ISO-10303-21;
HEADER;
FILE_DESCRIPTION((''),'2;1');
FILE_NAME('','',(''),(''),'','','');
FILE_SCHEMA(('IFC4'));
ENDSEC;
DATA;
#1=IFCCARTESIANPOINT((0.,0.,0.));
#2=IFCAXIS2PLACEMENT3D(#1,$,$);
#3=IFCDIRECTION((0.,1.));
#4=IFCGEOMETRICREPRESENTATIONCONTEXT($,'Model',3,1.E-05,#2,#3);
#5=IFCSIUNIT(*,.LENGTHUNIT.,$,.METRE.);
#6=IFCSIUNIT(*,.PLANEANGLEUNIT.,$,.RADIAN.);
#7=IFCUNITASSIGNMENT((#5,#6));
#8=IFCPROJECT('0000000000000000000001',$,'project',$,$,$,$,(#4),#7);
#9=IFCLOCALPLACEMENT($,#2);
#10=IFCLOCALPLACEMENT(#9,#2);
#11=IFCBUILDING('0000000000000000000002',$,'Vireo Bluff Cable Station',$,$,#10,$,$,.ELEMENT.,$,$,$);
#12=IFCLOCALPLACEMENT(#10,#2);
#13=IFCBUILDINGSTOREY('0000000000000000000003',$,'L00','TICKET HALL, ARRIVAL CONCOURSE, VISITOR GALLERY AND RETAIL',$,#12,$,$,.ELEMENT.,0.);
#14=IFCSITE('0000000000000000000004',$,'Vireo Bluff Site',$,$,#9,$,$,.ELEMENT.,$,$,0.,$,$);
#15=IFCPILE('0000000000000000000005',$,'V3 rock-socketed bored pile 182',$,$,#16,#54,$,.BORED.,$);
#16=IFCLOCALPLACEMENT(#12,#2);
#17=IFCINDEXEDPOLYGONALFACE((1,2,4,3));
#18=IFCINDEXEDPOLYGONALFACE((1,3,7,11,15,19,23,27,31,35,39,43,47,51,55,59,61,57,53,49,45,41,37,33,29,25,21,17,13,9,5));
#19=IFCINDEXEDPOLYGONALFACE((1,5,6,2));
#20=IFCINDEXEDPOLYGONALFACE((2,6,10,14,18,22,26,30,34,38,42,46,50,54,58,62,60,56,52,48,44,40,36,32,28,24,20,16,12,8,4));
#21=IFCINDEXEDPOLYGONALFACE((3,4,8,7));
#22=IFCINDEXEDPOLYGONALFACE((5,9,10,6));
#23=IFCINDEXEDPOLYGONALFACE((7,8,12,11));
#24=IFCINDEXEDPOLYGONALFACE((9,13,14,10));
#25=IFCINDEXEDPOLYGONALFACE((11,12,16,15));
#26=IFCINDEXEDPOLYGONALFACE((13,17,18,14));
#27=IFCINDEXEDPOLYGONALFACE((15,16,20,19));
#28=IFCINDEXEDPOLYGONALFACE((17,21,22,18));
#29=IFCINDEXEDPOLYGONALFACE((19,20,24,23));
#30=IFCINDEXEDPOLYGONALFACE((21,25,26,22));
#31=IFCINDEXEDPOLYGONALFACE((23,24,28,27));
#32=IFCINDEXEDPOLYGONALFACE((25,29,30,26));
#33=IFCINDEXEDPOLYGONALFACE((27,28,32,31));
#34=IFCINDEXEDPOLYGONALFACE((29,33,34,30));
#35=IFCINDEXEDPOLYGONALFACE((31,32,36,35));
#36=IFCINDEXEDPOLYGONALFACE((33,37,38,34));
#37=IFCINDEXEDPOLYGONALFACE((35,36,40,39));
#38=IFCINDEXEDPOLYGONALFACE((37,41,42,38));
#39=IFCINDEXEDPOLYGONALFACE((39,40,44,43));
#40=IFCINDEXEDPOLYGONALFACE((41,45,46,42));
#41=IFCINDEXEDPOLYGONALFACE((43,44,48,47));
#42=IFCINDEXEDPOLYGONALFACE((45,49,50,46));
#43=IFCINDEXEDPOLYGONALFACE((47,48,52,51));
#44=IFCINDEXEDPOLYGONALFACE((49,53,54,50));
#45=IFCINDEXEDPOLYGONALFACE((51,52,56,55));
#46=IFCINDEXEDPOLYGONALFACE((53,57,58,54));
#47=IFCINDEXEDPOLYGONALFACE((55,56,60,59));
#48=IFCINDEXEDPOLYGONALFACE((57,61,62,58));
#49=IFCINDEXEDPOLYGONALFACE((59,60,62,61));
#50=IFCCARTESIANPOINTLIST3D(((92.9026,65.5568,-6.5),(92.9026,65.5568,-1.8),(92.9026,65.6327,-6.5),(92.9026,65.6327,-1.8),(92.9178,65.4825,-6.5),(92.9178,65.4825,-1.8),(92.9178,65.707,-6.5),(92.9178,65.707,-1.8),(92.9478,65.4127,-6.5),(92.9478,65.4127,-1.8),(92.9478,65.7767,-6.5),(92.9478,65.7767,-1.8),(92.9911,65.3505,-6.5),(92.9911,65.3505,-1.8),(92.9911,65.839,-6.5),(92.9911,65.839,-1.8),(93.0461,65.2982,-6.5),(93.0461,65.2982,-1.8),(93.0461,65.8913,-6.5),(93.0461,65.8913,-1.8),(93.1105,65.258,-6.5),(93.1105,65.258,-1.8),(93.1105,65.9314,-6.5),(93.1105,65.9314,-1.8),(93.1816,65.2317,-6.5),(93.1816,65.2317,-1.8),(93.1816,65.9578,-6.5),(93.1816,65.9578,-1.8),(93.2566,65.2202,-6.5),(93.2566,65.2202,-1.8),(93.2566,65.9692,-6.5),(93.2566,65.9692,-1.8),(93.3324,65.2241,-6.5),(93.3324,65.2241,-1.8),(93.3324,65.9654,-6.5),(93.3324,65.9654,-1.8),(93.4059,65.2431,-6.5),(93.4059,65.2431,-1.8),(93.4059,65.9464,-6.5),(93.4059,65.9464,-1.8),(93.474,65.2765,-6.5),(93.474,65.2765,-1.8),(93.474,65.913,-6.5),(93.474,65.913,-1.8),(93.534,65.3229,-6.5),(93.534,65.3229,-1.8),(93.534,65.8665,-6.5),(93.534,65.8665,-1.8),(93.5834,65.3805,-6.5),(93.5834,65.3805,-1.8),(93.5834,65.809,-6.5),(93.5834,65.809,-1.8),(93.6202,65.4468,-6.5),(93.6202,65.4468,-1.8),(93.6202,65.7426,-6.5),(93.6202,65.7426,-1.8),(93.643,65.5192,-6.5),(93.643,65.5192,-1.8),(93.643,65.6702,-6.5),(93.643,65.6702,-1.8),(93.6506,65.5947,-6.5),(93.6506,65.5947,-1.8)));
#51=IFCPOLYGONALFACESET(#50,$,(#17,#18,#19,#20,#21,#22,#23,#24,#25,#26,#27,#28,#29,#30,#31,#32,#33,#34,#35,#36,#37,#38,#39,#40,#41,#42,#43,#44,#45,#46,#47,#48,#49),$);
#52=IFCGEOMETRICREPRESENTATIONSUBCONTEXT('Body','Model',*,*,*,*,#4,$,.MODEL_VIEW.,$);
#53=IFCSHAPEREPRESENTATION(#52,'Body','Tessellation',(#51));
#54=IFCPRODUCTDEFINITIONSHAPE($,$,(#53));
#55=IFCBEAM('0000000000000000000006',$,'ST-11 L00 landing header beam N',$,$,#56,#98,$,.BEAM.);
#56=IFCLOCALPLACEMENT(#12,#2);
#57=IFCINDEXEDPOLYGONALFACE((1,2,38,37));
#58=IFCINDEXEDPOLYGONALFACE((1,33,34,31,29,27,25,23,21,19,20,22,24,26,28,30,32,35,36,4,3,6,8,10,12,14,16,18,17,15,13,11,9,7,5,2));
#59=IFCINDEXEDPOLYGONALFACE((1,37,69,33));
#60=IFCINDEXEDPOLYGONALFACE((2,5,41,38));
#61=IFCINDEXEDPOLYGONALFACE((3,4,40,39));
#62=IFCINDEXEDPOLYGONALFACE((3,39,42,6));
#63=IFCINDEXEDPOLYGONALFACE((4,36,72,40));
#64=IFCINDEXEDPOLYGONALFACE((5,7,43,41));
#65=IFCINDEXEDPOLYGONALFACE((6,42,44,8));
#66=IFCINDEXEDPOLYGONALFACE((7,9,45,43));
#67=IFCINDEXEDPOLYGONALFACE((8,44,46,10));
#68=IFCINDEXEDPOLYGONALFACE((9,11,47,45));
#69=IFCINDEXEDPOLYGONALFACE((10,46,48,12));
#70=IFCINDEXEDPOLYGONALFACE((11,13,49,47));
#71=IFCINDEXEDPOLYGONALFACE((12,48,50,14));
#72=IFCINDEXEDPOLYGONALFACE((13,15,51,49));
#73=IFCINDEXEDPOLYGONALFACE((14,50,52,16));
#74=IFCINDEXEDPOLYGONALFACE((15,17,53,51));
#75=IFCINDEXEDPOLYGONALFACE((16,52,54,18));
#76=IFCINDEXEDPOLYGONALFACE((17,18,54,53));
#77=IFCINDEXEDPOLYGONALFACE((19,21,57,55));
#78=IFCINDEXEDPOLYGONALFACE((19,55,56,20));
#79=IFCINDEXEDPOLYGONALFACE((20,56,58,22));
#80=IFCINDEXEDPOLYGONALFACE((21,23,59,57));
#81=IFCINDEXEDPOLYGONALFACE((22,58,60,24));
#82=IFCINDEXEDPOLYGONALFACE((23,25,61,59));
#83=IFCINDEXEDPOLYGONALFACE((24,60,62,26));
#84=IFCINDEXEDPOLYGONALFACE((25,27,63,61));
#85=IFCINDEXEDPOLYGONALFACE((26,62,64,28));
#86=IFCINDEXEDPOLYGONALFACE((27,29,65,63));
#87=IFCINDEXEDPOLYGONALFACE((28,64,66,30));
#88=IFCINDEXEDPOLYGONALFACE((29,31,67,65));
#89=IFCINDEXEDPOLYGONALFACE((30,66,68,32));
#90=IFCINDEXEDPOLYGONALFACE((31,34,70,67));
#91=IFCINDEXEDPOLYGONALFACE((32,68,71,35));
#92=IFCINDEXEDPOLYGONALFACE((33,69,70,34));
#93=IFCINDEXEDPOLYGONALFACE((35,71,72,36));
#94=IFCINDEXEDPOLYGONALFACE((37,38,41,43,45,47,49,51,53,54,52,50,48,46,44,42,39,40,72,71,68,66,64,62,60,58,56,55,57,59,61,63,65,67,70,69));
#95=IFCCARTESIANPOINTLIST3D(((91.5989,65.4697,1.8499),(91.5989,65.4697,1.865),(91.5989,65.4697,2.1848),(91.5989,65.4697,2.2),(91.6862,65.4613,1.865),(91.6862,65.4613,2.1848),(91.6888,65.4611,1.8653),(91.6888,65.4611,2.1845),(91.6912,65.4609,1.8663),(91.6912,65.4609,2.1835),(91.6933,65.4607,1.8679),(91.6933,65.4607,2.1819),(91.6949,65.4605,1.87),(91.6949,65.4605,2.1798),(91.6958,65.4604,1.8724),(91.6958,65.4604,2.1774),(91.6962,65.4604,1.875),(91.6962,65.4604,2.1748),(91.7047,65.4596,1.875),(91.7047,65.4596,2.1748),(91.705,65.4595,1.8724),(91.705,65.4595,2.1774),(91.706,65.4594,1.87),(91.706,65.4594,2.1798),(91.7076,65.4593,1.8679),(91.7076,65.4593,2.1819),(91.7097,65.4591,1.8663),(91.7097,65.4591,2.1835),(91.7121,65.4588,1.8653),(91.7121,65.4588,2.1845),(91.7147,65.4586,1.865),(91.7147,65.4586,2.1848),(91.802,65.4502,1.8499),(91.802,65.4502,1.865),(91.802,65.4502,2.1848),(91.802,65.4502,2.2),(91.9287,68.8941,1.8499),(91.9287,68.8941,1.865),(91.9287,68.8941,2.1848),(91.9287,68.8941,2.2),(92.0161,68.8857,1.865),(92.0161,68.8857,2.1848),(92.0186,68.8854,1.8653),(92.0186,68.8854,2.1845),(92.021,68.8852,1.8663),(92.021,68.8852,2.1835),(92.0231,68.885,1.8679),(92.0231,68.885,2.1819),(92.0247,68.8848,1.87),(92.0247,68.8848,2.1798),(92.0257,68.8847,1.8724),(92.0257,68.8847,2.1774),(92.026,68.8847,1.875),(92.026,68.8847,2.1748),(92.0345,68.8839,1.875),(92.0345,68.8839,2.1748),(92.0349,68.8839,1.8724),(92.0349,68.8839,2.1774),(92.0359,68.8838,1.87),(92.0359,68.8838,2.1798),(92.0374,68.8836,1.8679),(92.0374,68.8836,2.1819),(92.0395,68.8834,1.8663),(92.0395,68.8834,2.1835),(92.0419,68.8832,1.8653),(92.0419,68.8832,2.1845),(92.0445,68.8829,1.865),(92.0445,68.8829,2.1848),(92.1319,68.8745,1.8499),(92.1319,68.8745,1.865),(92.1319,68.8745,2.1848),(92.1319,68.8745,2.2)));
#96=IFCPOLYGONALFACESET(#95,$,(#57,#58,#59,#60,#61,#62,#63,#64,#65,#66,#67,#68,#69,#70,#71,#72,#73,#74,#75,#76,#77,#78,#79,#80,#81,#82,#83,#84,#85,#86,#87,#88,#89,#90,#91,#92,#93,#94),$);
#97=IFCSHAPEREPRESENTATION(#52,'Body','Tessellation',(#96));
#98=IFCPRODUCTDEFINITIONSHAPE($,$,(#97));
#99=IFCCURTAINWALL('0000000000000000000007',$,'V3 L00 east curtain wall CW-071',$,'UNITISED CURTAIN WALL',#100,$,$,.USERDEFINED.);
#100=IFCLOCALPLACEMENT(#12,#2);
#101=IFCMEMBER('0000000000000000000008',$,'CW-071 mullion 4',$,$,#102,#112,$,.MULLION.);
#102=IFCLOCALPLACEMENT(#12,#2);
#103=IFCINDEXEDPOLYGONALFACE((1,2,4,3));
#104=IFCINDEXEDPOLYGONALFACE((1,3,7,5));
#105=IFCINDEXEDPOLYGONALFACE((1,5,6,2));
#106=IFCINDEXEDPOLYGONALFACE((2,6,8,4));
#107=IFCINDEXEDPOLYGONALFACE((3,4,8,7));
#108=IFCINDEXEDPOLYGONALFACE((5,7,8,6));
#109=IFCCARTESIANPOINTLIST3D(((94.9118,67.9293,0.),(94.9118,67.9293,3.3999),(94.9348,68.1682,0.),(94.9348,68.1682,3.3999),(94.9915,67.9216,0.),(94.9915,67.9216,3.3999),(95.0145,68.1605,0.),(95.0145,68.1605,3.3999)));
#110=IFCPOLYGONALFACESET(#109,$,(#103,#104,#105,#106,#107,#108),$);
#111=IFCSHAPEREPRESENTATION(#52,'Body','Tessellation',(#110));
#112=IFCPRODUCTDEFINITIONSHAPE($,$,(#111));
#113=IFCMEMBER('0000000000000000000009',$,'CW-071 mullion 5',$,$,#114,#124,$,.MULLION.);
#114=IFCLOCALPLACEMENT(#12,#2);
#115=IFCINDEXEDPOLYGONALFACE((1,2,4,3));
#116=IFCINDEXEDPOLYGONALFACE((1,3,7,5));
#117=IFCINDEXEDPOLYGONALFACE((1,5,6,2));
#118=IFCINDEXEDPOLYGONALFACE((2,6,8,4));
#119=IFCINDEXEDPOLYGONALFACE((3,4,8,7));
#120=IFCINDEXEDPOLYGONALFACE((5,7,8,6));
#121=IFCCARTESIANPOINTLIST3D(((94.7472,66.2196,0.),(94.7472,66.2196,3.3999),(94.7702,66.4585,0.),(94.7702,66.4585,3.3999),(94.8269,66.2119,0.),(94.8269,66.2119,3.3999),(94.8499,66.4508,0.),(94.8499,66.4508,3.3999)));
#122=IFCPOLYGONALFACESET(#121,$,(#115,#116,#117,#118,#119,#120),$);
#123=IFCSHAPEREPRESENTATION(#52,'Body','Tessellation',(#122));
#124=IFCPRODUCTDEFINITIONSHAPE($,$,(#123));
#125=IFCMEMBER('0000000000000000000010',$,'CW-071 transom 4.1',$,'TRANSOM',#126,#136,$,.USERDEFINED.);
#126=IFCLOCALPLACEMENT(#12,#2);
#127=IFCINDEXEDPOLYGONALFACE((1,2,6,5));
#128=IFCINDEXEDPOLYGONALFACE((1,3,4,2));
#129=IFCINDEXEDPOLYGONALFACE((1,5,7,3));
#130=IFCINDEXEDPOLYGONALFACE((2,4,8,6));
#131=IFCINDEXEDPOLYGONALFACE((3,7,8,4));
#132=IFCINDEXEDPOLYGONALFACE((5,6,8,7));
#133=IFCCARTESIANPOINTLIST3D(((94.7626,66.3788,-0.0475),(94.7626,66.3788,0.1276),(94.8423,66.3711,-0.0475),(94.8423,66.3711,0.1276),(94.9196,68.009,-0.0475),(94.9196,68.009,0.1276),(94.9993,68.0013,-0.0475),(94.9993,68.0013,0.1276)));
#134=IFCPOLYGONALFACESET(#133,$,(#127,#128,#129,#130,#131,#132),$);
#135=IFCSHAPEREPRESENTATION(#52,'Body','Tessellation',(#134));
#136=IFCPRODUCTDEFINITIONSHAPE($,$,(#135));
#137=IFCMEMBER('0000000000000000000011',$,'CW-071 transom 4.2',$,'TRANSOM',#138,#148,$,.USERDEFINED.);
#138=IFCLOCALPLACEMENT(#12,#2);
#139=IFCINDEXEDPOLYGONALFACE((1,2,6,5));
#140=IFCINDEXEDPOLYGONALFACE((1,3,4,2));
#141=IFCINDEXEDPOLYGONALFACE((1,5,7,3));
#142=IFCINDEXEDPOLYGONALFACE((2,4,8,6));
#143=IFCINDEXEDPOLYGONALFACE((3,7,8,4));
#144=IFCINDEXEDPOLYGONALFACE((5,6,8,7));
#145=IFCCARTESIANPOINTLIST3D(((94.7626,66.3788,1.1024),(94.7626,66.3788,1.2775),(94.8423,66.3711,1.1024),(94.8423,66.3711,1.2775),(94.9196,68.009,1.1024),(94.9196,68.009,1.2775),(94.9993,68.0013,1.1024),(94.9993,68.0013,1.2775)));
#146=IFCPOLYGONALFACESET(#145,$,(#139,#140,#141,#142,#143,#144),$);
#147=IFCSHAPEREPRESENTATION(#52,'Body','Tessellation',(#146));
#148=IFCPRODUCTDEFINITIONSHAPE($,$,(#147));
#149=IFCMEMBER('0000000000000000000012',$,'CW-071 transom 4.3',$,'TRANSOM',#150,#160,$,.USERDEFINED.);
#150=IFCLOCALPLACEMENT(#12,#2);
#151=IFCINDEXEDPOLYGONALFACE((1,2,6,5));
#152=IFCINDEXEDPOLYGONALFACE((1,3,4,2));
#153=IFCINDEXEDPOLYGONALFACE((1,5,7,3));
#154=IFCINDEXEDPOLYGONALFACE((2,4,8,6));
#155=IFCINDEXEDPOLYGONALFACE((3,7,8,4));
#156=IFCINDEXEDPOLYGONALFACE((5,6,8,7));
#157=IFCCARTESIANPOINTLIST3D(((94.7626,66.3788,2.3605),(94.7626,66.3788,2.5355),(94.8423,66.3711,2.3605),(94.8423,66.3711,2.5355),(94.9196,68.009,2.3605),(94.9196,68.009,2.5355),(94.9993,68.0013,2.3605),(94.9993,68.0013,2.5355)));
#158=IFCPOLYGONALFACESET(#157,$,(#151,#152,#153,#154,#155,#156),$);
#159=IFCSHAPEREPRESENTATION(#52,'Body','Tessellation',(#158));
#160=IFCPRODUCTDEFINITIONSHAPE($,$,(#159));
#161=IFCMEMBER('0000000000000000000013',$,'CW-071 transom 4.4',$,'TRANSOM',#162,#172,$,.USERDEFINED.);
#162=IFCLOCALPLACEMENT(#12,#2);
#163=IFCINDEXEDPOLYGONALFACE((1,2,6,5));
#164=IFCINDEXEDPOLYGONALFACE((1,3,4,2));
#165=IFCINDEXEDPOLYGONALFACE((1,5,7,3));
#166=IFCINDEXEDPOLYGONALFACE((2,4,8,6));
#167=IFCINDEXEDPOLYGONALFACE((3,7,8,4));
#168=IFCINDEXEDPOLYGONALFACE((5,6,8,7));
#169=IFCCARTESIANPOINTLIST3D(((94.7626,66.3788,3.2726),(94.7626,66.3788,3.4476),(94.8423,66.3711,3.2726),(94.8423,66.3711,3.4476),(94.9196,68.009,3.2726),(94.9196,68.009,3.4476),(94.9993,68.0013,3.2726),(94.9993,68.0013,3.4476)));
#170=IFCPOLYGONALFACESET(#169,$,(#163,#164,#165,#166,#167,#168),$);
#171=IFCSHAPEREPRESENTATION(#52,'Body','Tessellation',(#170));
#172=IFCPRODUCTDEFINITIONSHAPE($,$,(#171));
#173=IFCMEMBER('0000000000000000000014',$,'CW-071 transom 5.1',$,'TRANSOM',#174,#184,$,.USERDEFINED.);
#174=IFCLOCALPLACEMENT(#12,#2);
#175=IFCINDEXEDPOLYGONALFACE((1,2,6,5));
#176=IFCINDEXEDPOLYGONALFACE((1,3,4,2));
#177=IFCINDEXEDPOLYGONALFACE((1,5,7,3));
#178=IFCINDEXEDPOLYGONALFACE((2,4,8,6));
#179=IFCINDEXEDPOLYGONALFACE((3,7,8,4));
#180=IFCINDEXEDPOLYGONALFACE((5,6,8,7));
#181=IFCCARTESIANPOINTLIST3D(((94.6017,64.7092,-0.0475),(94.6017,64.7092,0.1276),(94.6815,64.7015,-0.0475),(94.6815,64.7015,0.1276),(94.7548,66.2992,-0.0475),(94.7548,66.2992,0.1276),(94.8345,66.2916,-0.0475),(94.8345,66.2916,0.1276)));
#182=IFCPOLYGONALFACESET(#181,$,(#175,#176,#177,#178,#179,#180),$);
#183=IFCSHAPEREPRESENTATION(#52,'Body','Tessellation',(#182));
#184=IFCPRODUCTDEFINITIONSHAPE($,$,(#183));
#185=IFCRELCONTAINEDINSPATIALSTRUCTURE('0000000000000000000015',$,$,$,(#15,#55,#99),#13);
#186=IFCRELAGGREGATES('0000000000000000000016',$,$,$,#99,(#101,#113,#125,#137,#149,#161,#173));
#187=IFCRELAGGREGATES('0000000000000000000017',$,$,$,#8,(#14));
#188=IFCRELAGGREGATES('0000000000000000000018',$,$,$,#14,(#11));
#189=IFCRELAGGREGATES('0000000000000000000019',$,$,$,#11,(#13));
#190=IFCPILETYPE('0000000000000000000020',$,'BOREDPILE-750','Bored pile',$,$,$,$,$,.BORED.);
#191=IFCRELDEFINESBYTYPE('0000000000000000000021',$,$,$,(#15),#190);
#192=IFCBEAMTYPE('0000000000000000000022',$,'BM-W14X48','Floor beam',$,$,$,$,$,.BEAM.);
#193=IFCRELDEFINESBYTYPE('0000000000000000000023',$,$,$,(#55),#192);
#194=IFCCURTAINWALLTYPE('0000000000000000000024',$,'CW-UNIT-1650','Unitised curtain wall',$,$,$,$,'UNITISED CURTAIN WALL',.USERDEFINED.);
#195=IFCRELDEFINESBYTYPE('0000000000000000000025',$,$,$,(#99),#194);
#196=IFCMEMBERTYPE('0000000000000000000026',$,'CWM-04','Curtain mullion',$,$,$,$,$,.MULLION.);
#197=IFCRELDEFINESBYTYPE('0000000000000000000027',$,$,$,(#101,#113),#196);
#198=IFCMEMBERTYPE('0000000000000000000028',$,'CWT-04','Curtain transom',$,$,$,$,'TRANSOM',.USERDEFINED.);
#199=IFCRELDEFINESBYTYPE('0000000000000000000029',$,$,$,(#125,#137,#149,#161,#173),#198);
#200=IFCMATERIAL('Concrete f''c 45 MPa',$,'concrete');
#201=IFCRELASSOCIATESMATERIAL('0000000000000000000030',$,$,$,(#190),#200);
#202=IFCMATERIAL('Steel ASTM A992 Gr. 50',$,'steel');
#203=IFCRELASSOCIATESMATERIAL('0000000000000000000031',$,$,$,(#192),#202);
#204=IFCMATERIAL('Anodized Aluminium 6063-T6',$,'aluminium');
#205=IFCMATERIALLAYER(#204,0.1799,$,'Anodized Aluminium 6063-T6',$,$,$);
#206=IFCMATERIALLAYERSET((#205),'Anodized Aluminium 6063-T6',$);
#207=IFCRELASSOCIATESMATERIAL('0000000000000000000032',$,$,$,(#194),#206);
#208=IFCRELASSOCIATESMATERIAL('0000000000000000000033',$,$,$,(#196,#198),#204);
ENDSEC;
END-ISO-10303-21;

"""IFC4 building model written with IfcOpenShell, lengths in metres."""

from ifc_helpers import new_model, si_unit, direction, frame, origin, origin_2d, place, context, subcontext, project, spatial, rectangle, circle, i_section, extrude, material, layer, layer_set, material_profile, profile_set, type_object, element, aggregate, save


model = new_model("IFC4")

# Units and contexts
model_context = context("Model", 3, precision=1e-05, world=origin(), true_north=direction((0.0, 1.0)))
body_context = subcontext(model_context, "Body", "Model", "MODEL_VIEW")
ifc_project = project(units=[si_unit("LENGTHUNIT", "METRE"), si_unit("PLANEANGLEUNIT", "RADIAN")], contexts=[model_context])

# Site, building, storey
site_placement = place(None, origin())
site = spatial("IfcSite", under=ifc_project, at=site_placement, Name="Vireo Bluff Site", CompositionType="ELEMENT", RefElevation=0.0)
building_placement = place(site_placement, origin())
building = spatial("IfcBuilding", under=site, at=building_placement, Name="Vireo Bluff Cable Station", CompositionType="ELEMENT")
storey_placement = place(building_placement, origin())
storey = spatial("IfcBuildingStorey", under=building, at=storey_placement, Name="L00", Description="TICKET HALL, ARRIVAL CONCOURSE, VISITOR GALLERY AND RETAIL", CompositionType="ELEMENT", Elevation=0.0)

# Pile
ifc_material_1 = material(Name="Concrete f'c 45 MPa", Category="concrete")
ifc_material_profile_1 = material_profile(ifc_material_1, circle(Radius=0.375, at=origin_2d()), Name="BOREDPILE-750")
ifc_profile_set_1 = profile_set([ifc_material_profile_1], Name="Concrete f'c 45 MPa")
pile_type = type_object("IfcPileType", Name="BOREDPILE-750", Description="Bored pile", PredefinedType="BORED", material=ifc_profile_set_1)
pile_placement = place(storey_placement, frame((93.2756, 65.5947, -1.8), z_axis=(0.0, 0.0, -1.0), x_axis=(1.0, 0.0, 0.0)))
element("IfcPile", 1, at=pile_placement, inside=storey, type_object=pile_type, Name="V3 rock-socketed bored pile 182", PredefinedType="BORED", context=body_context, shape_type="SweptSolid", body=[
    extrude(circle(Radius=0.375, at=origin_2d()), origin(), (0.0, 0.0, 1.0), 4.7),
])

# Beam
ifc_material_2 = material(Name="Steel ASTM A992 Gr. 50", Category="steel")
ifc_material_profile_2 = material_profile(ifc_material_2, i_section(OverallWidth=0.2041, OverallDepth=0.3501, WebThickness=0.0085, FlangeThickness=0.0151, FilletRadius=0.01, at=origin_2d()), Name="W14X48")
ifc_profile_set_2 = profile_set([ifc_material_profile_2], Name="Steel ASTM A992 Gr. 50")
beam_type = type_object("IfcBeamType", Name="BM-W14X48", Description="Floor beam", PredefinedType="BEAM", material=ifc_profile_set_2)
beam_placement = place(storey_placement, frame((91.7004, 65.46, 2.0249), z_axis=(0.095877, 0.995393, 0.0), x_axis=(-0.995393, 0.095877, 0.0)))
element("IfcBeam", 2, at=beam_placement, inside=storey, type_object=beam_type, Name="ST-11 L00 landing header beam N", PredefinedType="BEAM", context=body_context, shape_type="SweptSolid", body=[
    extrude(i_section(OverallWidth=0.2041, OverallDepth=0.3501, WebThickness=0.0085, FlangeThickness=0.0151, FilletRadius=0.01, at=origin_2d()), origin(), (0.0, 0.0, 1.0), 3.4402),
])

# Curtain wall, members
ifc_material_3 = material(Name="Anodized Aluminium 6063-T6", Category="aluminium")
ifc_layer_1 = layer(ifc_material_3, 0.1799, Name="Anodized Aluminium 6063-T6")
ifc_layer_set_1 = layer_set([ifc_layer_1], Name="Anodized Aluminium 6063-T6")
curtain_wall_type = type_object("IfcCurtainWallType", Name="CW-UNIT-1650", Description="Unitised curtain wall", ElementType="UNITISED CURTAIN WALL", PredefinedType="USERDEFINED", material=ifc_layer_set_1)
curtain_wall_placement = place(storey_placement, origin())
curtain_wall = element("IfcCurtainWall", 3, at=curtain_wall_placement, inside=storey, type_object=curtain_wall_type, Name="V3 L00 east curtain wall CW-071", ObjectType="UNITISED CURTAIN WALL", PredefinedType="USERDEFINED")
ifc_material_profile_3 = material_profile(ifc_material_3, rectangle(XDim=0.0801, YDim=0.24, at=origin_2d()), Name="ALU-M-80X240")
ifc_profile_set_3 = profile_set([ifc_material_profile_3], Name="Anodized Aluminium 6063-T6")
member_type_1 = type_object("IfcMemberType", Name="CWM-04", Description="Curtain mullion", PredefinedType="MULLION", material=ifc_profile_set_3)
member_1_placement = place(storey_placement, frame((94.9631, 68.0449, 0.0), z_axis=(0.0, 0.0, 1.0), x_axis=(0.995396, -0.095846, 0.0)))
member_1 = element("IfcMember", 4, at=member_1_placement, type_object=member_type_1, Name="CW-071 mullion 4", PredefinedType="MULLION", context=body_context, shape_type="SweptSolid", body=[
    extrude(rectangle(XDim=0.0801, YDim=0.24, at=origin_2d()), origin(), (0.0, 0.0, 1.0), 3.3999),
])
member_2_placement = place(storey_placement, frame((94.7986, 66.3352, 0.0), z_axis=(0.0, 0.0, 1.0), x_axis=(0.995396, -0.095846, 0.0)))
member_2 = element("IfcMember", 5, at=member_2_placement, type_object=member_type_1, Name="CW-071 mullion 5", PredefinedType="MULLION", context=body_context, shape_type="SweptSolid", body=[
    extrude(rectangle(XDim=0.0801, YDim=0.24, at=origin_2d()), origin(), (0.0, 0.0, 1.0), 3.3999),
])
ifc_material_profile_4 = material_profile(ifc_material_3, rectangle(XDim=0.0801, YDim=0.175, at=origin_2d()), Name="ALU-T-80X175")
ifc_profile_set_4 = profile_set([ifc_material_profile_4], Name="Anodized Aluminium 6063-T6")
member_type_2 = type_object("IfcMemberType", Name="CWT-04", Description="Curtain transom", ElementType="TRANSOM", PredefinedType="USERDEFINED", material=ifc_profile_set_4)
member_3_placement = place(storey_placement, frame((94.9595, 68.0051, 0.04), z_axis=(-0.095857, -0.995395, 0.0), x_axis=(0.995395, -0.095857, 0.0)))
member_3 = element("IfcMember", 6, at=member_3_placement, type_object=member_type_2, Name="CW-071 transom 4.1", ObjectType="TRANSOM", PredefinedType="USERDEFINED", context=body_context, shape_type="SweptSolid", body=[
    extrude(rectangle(XDim=0.0801, YDim=0.175, at=origin_2d()), origin(), (0.0, 0.0, 1.0), 1.6377),
])
member_4_placement = place(storey_placement, frame((94.9595, 68.0051, 1.1899), z_axis=(-0.095857, -0.995395, 0.0), x_axis=(0.995395, -0.095857, 0.0)))
member_4 = element("IfcMember", 7, at=member_4_placement, type_object=member_type_2, Name="CW-071 transom 4.2", ObjectType="TRANSOM", PredefinedType="USERDEFINED", context=body_context, shape_type="SweptSolid", body=[
    extrude(rectangle(XDim=0.0801, YDim=0.175, at=origin_2d()), origin(), (0.0, 0.0, 1.0), 1.6377),
])
member_5_placement = place(storey_placement, frame((94.9595, 68.0051, 2.448), z_axis=(-0.095857, -0.995395, 0.0), x_axis=(0.995395, -0.095857, 0.0)))
member_5 = element("IfcMember", 8, at=member_5_placement, type_object=member_type_2, Name="CW-071 transom 4.3", ObjectType="TRANSOM", PredefinedType="USERDEFINED", context=body_context, shape_type="SweptSolid", body=[
    extrude(rectangle(XDim=0.0801, YDim=0.175, at=origin_2d()), origin(), (0.0, 0.0, 1.0), 1.6377),
])
member_6_placement = place(storey_placement, frame((94.9595, 68.0051, 3.3601), z_axis=(-0.095857, -0.995395, 0.0), x_axis=(0.995395, -0.095857, 0.0)))
member_6 = element("IfcMember", 9, at=member_6_placement, type_object=member_type_2, Name="CW-071 transom 4.4", ObjectType="TRANSOM", PredefinedType="USERDEFINED", context=body_context, shape_type="SweptSolid", body=[
    extrude(rectangle(XDim=0.0801, YDim=0.175, at=origin_2d()), origin(), (0.0, 0.0, 1.0), 1.6377),
])
member_7_placement = place(storey_placement, frame((94.7947, 66.2954, 0.04), z_axis=(-0.095826, -0.995398, 0.0), x_axis=(0.995398, -0.095826, 0.0)))
member_7 = element("IfcMember", 10, at=member_7_placement, type_object=member_type_2, Name="CW-071 transom 5.1", ObjectType="TRANSOM", PredefinedType="USERDEFINED", context=body_context, shape_type="SweptSolid", body=[
    extrude(rectangle(XDim=0.0801, YDim=0.175, at=origin_2d()), origin(), (0.0, 0.0, 1.0), 1.5974),
])
aggregate(curtain_wall, [member_1, member_2, member_3, member_4, member_5, member_6, member_7])

save(model, "model.ifc")
